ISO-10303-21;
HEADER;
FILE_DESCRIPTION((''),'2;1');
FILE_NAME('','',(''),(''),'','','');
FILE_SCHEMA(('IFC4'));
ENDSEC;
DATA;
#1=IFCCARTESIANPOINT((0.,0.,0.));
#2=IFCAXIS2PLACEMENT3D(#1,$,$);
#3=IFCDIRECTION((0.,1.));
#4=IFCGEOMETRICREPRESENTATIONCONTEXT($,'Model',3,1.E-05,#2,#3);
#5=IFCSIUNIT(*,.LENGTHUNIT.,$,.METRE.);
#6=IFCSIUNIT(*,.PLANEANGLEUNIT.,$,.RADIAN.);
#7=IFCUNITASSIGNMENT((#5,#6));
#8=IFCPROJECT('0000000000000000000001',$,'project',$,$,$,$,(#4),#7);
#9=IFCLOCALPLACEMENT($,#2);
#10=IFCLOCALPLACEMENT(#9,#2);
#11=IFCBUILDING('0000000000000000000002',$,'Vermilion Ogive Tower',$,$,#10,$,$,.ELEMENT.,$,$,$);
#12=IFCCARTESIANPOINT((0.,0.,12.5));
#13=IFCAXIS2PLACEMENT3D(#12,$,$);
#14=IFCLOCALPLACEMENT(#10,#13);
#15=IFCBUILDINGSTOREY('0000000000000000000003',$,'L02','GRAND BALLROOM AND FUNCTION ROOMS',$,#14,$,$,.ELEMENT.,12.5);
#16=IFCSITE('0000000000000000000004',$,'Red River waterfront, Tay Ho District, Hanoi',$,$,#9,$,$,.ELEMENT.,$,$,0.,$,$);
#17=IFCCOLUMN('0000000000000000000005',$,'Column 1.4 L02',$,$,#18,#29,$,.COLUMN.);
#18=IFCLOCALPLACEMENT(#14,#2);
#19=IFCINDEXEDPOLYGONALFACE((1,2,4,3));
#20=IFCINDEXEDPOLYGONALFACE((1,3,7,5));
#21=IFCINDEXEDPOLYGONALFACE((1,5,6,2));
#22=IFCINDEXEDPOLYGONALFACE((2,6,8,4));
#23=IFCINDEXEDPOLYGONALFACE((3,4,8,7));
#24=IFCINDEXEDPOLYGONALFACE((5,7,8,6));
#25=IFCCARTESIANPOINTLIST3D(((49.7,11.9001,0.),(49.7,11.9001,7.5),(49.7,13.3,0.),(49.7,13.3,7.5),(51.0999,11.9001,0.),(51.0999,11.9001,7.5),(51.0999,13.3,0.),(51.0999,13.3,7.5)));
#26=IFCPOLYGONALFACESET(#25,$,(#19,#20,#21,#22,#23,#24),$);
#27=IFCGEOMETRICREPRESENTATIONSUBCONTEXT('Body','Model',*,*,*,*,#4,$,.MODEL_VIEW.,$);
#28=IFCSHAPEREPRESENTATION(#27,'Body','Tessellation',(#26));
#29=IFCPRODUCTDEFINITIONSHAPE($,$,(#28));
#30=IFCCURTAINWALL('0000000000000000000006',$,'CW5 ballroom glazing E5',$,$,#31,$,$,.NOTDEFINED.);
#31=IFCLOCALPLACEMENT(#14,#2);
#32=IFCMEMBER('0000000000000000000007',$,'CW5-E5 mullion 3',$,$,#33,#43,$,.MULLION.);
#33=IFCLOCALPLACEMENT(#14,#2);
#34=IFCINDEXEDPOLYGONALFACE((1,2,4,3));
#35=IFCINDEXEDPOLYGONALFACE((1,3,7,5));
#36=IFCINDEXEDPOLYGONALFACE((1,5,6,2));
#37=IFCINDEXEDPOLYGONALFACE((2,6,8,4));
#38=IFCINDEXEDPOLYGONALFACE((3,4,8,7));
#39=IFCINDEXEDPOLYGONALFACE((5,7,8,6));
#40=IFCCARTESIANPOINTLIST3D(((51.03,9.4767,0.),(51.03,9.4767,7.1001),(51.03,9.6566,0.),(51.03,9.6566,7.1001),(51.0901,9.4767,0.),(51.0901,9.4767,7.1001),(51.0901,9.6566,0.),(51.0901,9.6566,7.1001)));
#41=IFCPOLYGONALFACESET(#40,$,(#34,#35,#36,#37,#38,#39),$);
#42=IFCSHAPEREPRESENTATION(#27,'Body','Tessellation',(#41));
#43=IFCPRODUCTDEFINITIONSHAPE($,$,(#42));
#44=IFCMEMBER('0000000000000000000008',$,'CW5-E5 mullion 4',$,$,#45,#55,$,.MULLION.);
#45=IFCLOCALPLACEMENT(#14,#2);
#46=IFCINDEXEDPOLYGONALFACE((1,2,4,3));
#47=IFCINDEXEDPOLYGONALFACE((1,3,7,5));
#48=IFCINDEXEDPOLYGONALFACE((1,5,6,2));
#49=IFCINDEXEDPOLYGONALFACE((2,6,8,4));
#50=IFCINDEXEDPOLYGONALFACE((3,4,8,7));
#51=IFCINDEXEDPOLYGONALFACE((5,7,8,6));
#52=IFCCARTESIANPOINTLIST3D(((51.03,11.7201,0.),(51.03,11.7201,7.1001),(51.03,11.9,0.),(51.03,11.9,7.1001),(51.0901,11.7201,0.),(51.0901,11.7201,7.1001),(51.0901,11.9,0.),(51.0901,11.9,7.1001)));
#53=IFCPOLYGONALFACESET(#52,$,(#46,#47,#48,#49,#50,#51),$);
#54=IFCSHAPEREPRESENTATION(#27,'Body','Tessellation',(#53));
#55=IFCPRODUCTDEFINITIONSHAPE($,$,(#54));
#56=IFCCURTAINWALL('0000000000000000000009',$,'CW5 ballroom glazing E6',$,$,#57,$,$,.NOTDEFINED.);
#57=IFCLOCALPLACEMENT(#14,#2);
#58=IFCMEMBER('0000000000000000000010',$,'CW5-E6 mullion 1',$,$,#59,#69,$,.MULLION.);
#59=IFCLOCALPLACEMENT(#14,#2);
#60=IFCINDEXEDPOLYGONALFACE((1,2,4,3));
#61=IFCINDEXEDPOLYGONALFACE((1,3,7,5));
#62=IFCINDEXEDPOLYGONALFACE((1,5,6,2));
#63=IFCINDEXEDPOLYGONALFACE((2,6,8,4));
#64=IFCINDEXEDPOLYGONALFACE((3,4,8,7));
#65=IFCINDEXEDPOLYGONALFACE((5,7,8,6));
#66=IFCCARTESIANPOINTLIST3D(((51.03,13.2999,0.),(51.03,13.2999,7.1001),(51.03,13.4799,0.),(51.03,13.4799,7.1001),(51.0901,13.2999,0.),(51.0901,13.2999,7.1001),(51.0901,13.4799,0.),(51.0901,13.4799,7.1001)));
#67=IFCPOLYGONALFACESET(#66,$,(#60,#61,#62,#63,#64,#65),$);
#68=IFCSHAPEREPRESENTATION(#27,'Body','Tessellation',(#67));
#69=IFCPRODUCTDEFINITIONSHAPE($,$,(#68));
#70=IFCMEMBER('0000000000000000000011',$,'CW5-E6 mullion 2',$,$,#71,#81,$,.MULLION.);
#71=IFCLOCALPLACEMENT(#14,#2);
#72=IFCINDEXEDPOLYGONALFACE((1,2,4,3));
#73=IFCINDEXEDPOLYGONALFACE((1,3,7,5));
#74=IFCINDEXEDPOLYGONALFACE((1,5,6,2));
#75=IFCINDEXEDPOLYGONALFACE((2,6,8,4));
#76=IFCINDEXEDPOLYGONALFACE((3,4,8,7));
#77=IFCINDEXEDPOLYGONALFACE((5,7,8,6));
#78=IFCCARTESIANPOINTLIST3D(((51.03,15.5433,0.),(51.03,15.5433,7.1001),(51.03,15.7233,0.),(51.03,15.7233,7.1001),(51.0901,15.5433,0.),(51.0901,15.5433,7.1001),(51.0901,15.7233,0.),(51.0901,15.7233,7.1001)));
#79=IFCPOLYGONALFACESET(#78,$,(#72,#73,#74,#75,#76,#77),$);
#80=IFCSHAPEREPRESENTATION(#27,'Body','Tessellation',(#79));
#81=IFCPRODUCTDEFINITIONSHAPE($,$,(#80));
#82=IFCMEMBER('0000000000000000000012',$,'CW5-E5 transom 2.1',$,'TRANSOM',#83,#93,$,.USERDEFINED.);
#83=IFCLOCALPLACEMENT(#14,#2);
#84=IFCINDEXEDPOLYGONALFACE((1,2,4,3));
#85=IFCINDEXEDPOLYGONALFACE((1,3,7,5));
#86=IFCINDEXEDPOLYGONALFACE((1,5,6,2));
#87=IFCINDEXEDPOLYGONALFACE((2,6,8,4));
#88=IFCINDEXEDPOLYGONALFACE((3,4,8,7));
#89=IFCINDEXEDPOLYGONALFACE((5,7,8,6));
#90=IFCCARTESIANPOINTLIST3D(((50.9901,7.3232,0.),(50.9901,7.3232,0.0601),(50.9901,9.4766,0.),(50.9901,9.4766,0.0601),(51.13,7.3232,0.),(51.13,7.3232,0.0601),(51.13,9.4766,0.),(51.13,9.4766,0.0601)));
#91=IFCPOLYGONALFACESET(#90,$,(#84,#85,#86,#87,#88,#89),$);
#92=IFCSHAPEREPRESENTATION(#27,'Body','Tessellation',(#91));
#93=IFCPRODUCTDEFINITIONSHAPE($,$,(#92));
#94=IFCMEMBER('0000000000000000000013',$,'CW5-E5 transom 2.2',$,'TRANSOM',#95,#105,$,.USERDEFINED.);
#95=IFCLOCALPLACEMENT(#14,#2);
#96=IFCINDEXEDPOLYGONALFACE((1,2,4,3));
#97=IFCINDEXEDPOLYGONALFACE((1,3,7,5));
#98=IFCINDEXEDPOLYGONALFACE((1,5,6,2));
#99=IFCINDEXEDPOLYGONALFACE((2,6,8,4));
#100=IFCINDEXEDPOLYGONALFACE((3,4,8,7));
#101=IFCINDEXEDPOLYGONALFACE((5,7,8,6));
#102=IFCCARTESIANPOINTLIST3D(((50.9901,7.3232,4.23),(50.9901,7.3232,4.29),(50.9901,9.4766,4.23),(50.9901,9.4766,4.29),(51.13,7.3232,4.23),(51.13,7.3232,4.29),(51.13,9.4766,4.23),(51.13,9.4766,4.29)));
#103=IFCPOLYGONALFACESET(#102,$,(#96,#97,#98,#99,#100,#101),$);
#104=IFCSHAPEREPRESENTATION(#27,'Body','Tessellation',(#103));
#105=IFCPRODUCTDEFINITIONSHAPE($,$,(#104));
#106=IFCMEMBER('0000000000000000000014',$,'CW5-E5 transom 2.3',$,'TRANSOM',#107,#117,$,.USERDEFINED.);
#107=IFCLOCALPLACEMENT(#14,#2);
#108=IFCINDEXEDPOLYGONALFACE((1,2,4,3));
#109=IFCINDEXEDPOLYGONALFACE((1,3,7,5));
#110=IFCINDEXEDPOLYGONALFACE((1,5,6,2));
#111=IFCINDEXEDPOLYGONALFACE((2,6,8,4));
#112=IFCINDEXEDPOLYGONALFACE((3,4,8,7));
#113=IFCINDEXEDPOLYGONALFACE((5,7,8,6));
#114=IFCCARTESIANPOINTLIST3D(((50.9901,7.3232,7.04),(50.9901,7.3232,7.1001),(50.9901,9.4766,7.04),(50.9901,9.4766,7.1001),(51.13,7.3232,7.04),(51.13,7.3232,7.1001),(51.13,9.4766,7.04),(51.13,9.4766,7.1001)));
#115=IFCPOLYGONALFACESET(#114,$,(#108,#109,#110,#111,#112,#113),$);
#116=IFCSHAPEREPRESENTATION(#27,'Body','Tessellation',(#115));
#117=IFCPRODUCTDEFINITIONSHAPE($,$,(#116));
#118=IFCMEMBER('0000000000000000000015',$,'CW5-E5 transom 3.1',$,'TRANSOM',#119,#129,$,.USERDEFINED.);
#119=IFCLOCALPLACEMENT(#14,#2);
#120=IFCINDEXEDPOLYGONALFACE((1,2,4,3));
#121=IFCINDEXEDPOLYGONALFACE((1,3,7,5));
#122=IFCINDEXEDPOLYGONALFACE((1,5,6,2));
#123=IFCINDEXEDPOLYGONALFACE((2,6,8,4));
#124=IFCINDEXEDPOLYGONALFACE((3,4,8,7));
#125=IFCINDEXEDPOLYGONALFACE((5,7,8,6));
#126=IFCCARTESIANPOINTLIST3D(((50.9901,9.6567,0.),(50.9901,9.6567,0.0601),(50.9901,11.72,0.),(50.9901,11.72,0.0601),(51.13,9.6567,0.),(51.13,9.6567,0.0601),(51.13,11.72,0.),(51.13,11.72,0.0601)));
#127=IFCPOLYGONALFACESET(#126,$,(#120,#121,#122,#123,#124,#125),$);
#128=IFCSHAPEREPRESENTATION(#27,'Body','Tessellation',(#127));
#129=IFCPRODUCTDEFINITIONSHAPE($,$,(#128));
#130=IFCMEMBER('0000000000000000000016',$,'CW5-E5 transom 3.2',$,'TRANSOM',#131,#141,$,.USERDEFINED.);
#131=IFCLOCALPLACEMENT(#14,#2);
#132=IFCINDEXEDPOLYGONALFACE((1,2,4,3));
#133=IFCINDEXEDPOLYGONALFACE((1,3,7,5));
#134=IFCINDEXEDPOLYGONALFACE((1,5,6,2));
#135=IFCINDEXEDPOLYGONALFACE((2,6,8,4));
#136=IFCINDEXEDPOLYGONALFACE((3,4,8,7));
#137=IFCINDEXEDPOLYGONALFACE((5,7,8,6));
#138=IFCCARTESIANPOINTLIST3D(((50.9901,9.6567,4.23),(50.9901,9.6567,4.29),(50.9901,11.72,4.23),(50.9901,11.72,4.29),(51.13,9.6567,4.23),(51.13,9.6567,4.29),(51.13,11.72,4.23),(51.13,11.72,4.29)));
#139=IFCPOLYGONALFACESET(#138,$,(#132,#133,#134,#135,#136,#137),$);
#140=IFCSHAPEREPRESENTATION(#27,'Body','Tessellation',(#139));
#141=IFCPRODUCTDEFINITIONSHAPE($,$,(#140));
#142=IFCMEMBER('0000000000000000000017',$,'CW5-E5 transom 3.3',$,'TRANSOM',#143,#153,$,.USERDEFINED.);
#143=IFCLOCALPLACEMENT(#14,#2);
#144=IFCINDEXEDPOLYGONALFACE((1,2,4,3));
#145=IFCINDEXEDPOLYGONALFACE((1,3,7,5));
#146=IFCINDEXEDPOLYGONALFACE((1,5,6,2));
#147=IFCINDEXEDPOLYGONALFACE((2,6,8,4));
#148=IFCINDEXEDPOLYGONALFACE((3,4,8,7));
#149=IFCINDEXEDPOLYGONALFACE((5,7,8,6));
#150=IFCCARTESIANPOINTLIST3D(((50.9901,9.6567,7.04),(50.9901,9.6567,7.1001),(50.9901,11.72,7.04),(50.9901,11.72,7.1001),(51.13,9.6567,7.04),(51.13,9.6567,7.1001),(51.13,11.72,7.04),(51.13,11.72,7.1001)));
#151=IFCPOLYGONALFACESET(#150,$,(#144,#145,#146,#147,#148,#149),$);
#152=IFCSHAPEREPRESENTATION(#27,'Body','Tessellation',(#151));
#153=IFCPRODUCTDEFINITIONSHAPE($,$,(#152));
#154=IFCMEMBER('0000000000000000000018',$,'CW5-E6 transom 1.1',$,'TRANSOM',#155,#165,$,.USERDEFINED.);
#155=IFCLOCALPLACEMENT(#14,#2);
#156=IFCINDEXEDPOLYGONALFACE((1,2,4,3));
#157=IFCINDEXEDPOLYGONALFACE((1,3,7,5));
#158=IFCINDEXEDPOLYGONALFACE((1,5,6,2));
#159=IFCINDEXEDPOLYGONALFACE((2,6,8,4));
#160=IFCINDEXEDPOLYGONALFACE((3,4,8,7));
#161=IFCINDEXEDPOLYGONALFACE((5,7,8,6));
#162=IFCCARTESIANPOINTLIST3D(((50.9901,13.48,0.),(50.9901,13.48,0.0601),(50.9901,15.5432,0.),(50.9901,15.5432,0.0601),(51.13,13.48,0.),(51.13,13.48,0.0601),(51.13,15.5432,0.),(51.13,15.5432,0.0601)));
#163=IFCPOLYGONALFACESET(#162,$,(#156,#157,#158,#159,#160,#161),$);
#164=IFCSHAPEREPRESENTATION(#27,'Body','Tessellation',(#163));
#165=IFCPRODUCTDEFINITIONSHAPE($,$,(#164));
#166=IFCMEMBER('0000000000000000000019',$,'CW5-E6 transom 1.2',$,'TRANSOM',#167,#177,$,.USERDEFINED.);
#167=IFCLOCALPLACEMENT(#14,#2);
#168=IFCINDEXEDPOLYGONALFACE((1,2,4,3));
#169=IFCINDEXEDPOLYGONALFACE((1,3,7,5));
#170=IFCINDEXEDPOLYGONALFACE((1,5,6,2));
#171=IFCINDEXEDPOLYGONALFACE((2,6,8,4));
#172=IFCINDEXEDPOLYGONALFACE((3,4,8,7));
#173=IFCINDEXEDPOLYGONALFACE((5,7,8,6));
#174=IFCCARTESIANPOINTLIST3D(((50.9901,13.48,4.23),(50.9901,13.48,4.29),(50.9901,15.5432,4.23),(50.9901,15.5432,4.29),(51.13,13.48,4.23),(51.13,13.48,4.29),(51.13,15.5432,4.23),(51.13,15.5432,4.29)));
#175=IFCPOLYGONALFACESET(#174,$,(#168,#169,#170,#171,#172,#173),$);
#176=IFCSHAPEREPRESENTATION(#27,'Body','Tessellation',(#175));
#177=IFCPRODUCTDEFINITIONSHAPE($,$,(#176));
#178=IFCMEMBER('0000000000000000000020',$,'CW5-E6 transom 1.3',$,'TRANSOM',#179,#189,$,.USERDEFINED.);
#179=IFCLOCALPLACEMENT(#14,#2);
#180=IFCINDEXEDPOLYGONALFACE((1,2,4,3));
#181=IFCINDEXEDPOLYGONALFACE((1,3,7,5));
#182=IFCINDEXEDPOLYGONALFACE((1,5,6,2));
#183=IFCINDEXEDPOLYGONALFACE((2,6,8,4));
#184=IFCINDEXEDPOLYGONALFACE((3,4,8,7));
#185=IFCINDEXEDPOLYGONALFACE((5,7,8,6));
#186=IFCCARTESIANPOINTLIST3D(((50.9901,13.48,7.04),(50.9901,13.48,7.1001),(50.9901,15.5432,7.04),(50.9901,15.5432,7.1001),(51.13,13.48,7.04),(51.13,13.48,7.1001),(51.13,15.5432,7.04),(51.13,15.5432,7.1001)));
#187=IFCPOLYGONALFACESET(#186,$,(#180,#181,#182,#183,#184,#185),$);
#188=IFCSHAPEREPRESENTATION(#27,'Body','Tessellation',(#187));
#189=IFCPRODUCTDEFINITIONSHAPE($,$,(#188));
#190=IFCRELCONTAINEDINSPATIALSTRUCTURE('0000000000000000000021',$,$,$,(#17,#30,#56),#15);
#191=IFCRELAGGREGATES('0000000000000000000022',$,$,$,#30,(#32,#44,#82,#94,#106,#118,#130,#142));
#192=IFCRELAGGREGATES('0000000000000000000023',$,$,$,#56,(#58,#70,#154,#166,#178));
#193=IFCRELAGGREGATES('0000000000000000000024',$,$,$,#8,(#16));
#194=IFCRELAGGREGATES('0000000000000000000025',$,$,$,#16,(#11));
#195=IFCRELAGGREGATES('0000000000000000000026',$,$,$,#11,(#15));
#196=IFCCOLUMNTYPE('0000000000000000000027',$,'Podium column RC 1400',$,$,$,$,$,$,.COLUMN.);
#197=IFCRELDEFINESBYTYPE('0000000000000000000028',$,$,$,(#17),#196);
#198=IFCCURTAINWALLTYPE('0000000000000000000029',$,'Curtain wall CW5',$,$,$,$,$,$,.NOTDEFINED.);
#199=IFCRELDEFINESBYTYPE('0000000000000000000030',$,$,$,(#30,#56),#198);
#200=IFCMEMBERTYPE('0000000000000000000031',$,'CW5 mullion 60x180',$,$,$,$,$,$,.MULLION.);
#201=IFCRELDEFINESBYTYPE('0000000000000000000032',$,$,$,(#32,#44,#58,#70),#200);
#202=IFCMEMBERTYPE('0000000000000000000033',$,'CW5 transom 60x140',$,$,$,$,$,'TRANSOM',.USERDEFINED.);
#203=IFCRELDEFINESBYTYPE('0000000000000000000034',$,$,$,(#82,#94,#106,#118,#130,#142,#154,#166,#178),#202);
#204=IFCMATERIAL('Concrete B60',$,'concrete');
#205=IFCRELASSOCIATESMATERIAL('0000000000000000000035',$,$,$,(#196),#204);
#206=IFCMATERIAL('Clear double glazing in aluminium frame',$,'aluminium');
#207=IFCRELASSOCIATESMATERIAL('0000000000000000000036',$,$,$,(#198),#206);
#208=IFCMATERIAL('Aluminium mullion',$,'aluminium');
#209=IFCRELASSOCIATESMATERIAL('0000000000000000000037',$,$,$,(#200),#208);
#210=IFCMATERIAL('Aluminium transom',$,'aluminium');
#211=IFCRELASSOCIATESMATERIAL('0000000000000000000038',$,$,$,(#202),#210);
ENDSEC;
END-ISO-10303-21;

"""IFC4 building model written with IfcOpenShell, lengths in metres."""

from ifc_helpers import new_model, si_unit, direction, frame, origin, origin_2d, place, context, subcontext, project, spatial, rectangle, extrude, material, material_profile, profile_set, type_object, element, aggregate, save


model = new_model("IFC4")

# Units and contexts
model_context = context("Model", 3, precision=1e-05, world=origin(), true_north=direction((0.0, 1.0)))
body_context = subcontext(model_context, "Body", "Model", "MODEL_VIEW")
ifc_project = project(units=[si_unit("LENGTHUNIT", "METRE"), si_unit("PLANEANGLEUNIT", "RADIAN")], contexts=[model_context])

# Site, building, storey
site_placement = place(None, origin())
site = spatial("IfcSite", under=ifc_project, at=site_placement, Name="Red River waterfront, Tay Ho District, Hanoi", CompositionType="ELEMENT", RefElevation=0.0)
building_placement = place(site_placement, origin())
building = spatial("IfcBuilding", under=site, at=building_placement, Name="Vermilion Ogive Tower", CompositionType="ELEMENT")
storey_placement = place(building_placement, frame((0.0, 0.0, 12.5)))
storey = spatial("IfcBuildingStorey", under=building, at=storey_placement, Name="L02", Description="GRAND BALLROOM AND FUNCTION ROOMS", CompositionType="ELEMENT", Elevation=12.5)

# Column
ifc_material_1 = material(Name="Concrete B60", Category="concrete")
ifc_material_profile_1 = material_profile(ifc_material_1, rectangle(XDim=1.3999, YDim=1.3999, at=origin_2d()), Name="RC 1400x1400")
ifc_profile_set_1 = profile_set([ifc_material_profile_1], Name="Concrete B60")
column_type = type_object("IfcColumnType", Name="Podium column RC 1400", PredefinedType="COLUMN", material=ifc_profile_set_1)
column_placement = place(storey_placement, frame((50.3999, 12.6001, 0.0), z_axis=(0.0, 0.0, 1.0), x_axis=(1.0, 0.0, 0.0)))
element("IfcColumn", 1, at=column_placement, inside=storey, type_object=column_type, Name="Column 1.4 L02", PredefinedType="COLUMN", context=body_context, shape_type="SweptSolid", body=[
    extrude(rectangle(XDim=1.3999, YDim=1.3999, at=origin_2d()), origin(), (0.0, 0.0, 1.0), 7.5),
])

# Curtain walls, members
ifc_material_2 = material(Name="Clear double glazing in aluminium frame", Category="aluminium")
curtain_wall_type = type_object("IfcCurtainWallType", Name="Curtain wall CW5", PredefinedType="NOTDEFINED", material=ifc_material_2)
curtain_wall_1_placement = place(storey_placement, origin())
curtain_wall_1 = element("IfcCurtainWall", 2, at=curtain_wall_1_placement, inside=storey, type_object=curtain_wall_type, Name="CW5 ballroom glazing E5", PredefinedType="NOTDEFINED")
ifc_material_3 = material(Name="Aluminium mullion", Category="aluminium")
ifc_material_profile_2 = material_profile(ifc_material_3, rectangle(XDim=0.0601, YDim=0.1799, at=origin_2d()), Name="AL 60x180")
ifc_profile_set_2 = profile_set([ifc_material_profile_2], Name="Aluminium mullion")
member_type_1 = type_object("IfcMemberType", Name="CW5 mullion 60x180", PredefinedType="MULLION", material=ifc_profile_set_2)
member_1_placement = place(storey_placement, frame((51.0601, 9.5667, 0.0), z_axis=(0.0, 0.0, 1.0), x_axis=(-1.0, 0.0, 0.0)))
member_1 = element("IfcMember", 3, at=member_1_placement, type_object=member_type_1, Name="CW5-E5 mullion 3", PredefinedType="MULLION", context=body_context, shape_type="SweptSolid", body=[
    extrude(rectangle(XDim=0.0601, YDim=0.1799, at=origin_2d()), origin(), (0.0, 0.0, 1.0), 7.1001),
])
member_2_placement = place(storey_placement, frame((51.0601, 11.8101, 0.0), z_axis=(0.0, 0.0, 1.0), x_axis=(-1.0, 0.0, 0.0)))
member_2 = element("IfcMember", 4, at=member_2_placement, type_object=member_type_1, Name="CW5-E5 mullion 4", PredefinedType="MULLION", context=body_context, shape_type="SweptSolid", body=[
    extrude(rectangle(XDim=0.0601, YDim=0.1799, at=origin_2d()), origin(), (0.0, 0.0, 1.0), 7.1001),
])
curtain_wall_2_placement = place(storey_placement, origin())
curtain_wall_2 = element("IfcCurtainWall", 5, at=curtain_wall_2_placement, inside=storey, type_object=curtain_wall_type, Name="CW5 ballroom glazing E6", PredefinedType="NOTDEFINED")
member_3_placement = place(storey_placement, frame((51.0601, 13.3899, 0.0), z_axis=(0.0, 0.0, 1.0), x_axis=(-1.0, 0.0, 0.0)))
member_3 = element("IfcMember", 6, at=member_3_placement, type_object=member_type_1, Name="CW5-E6 mullion 1", PredefinedType="MULLION", context=body_context, shape_type="SweptSolid", body=[
    extrude(rectangle(XDim=0.0601, YDim=0.1799, at=origin_2d()), origin(), (0.0, 0.0, 1.0), 7.1001),
])
member_4_placement = place(storey_placement, frame((51.0601, 15.6333, 0.0), z_axis=(0.0, 0.0, 1.0), x_axis=(-1.0, 0.0, 0.0)))
member_4 = element("IfcMember", 7, at=member_4_placement, type_object=member_type_1, Name="CW5-E6 mullion 2", PredefinedType="MULLION", context=body_context, shape_type="SweptSolid", body=[
    extrude(rectangle(XDim=0.0601, YDim=0.1799, at=origin_2d()), origin(), (0.0, 0.0, 1.0), 7.1001),
])

# Members
ifc_material_4 = material(Name="Aluminium transom", Category="aluminium")
ifc_material_profile_3 = material_profile(ifc_material_4, rectangle(XDim=0.1399, YDim=0.0601, at=origin_2d()), Name="AL 60x140")
ifc_profile_set_3 = profile_set([ifc_material_profile_3], Name="Aluminium transom")
member_type_2 = type_object("IfcMemberType", Name="CW5 transom 60x140", ElementType="TRANSOM", PredefinedType="USERDEFINED", material=ifc_profile_set_3)
member_5_placement = place(storey_placement, frame((51.0601, 7.3232, 0.03), z_axis=(0.0, 1.0, 0.0), x_axis=(-1.0, 0.0, 0.0)))
member_5 = element("IfcMember", 8, at=member_5_placement, type_object=member_type_2, Name="CW5-E5 transom 2.1", ObjectType="TRANSOM", PredefinedType="USERDEFINED", context=body_context, shape_type="SweptSolid", body=[
    extrude(rectangle(XDim=0.1399, YDim=0.0601, at=origin_2d()), origin(), (0.0, 0.0, 1.0), 2.1533),
])
member_6_placement = place(storey_placement, frame((51.0601, 7.3232, 4.26), z_axis=(0.0, 1.0, 0.0), x_axis=(-1.0, 0.0, 0.0)))
member_6 = element("IfcMember", 9, at=member_6_placement, type_object=member_type_2, Name="CW5-E5 transom 2.2", ObjectType="TRANSOM", PredefinedType="USERDEFINED", context=body_context, shape_type="SweptSolid", body=[
    extrude(rectangle(XDim=0.1399, YDim=0.0601, at=origin_2d()), origin(), (0.0, 0.0, 1.0), 2.1533),
])
member_7_placement = place(storey_placement, frame((51.0601, 7.3232, 7.0701), z_axis=(0.0, 1.0, 0.0), x_axis=(-1.0, 0.0, 0.0)))
member_7 = element("IfcMember", 10, at=member_7_placement, type_object=member_type_2, Name="CW5-E5 transom 2.3", ObjectType="TRANSOM", PredefinedType="USERDEFINED", context=body_context, shape_type="SweptSolid", body=[
    extrude(rectangle(XDim=0.1399, YDim=0.0601, at=origin_2d()), origin(), (0.0, 0.0, 1.0), 2.1533),
])
member_8_placement = place(storey_placement, frame((51.0601, 9.6567, 0.03), z_axis=(0.0, 1.0, 0.0), x_axis=(-1.0, 0.0, 0.0)))
member_8 = element("IfcMember", 11, at=member_8_placement, type_object=member_type_2, Name="CW5-E5 transom 3.1", ObjectType="TRANSOM", PredefinedType="USERDEFINED", context=body_context, shape_type="SweptSolid", body=[
    extrude(rectangle(XDim=0.1399, YDim=0.0601, at=origin_2d()), origin(), (0.0, 0.0, 1.0), 2.0632),
])
member_9_placement = place(storey_placement, frame((51.0601, 9.6567, 4.26), z_axis=(0.0, 1.0, 0.0), x_axis=(-1.0, 0.0, 0.0)))
member_9 = element("IfcMember", 12, at=member_9_placement, type_object=member_type_2, Name="CW5-E5 transom 3.2", ObjectType="TRANSOM", PredefinedType="USERDEFINED", context=body_context, shape_type="SweptSolid", body=[
    extrude(rectangle(XDim=0.1399, YDim=0.0601, at=origin_2d()), origin(), (0.0, 0.0, 1.0), 2.0632),
])
member_10_placement = place(storey_placement, frame((51.0601, 9.6567, 7.0701), z_axis=(0.0, 1.0, 0.0), x_axis=(-1.0, 0.0, 0.0)))
member_10 = element("IfcMember", 13, at=member_10_placement, type_object=member_type_2, Name="CW5-E5 transom 3.3", ObjectType="TRANSOM", PredefinedType="USERDEFINED", context=body_context, shape_type="SweptSolid", body=[
    extrude(rectangle(XDim=0.1399, YDim=0.0601, at=origin_2d()), origin(), (0.0, 0.0, 1.0), 2.0632),
])
member_11_placement = place(storey_placement, frame((51.0601, 13.48, 0.03), z_axis=(0.0, 1.0, 0.0), x_axis=(-1.0, 0.0, 0.0)))
member_11 = element("IfcMember", 14, at=member_11_placement, type_object=member_type_2, Name="CW5-E6 transom 1.1", ObjectType="TRANSOM", PredefinedType="USERDEFINED", context=body_context, shape_type="SweptSolid", body=[
    extrude(rectangle(XDim=0.1399, YDim=0.0601, at=origin_2d()), origin(), (0.0, 0.0, 1.0), 2.0632),
])
member_12_placement = place(storey_placement, frame((51.0601, 13.48, 4.26), z_axis=(0.0, 1.0, 0.0), x_axis=(-1.0, 0.0, 0.0)))
member_12 = element("IfcMember", 15, at=member_12_placement, type_object=member_type_2, Name="CW5-E6 transom 1.2", ObjectType="TRANSOM", PredefinedType="USERDEFINED", context=body_context, shape_type="SweptSolid", body=[
    extrude(rectangle(XDim=0.1399, YDim=0.0601, at=origin_2d()), origin(), (0.0, 0.0, 1.0), 2.0632),
])
member_13_placement = place(storey_placement, frame((51.0601, 13.48, 7.0701), z_axis=(0.0, 1.0, 0.0), x_axis=(-1.0, 0.0, 0.0)))
member_13 = element("IfcMember", 16, at=member_13_placement, type_object=member_type_2, Name="CW5-E6 transom 1.3", ObjectType="TRANSOM", PredefinedType="USERDEFINED", context=body_context, shape_type="SweptSolid", body=[
    extrude(rectangle(XDim=0.1399, YDim=0.0601, at=origin_2d()), origin(), (0.0, 0.0, 1.0), 2.0632),
])

aggregate(curtain_wall_1, [member_1, member_2, member_5, member_6, member_7, member_8, member_9, member_10])
aggregate(curtain_wall_2, [member_3, member_4, member_11, member_12, member_13])

save(model, "model.ifc")
